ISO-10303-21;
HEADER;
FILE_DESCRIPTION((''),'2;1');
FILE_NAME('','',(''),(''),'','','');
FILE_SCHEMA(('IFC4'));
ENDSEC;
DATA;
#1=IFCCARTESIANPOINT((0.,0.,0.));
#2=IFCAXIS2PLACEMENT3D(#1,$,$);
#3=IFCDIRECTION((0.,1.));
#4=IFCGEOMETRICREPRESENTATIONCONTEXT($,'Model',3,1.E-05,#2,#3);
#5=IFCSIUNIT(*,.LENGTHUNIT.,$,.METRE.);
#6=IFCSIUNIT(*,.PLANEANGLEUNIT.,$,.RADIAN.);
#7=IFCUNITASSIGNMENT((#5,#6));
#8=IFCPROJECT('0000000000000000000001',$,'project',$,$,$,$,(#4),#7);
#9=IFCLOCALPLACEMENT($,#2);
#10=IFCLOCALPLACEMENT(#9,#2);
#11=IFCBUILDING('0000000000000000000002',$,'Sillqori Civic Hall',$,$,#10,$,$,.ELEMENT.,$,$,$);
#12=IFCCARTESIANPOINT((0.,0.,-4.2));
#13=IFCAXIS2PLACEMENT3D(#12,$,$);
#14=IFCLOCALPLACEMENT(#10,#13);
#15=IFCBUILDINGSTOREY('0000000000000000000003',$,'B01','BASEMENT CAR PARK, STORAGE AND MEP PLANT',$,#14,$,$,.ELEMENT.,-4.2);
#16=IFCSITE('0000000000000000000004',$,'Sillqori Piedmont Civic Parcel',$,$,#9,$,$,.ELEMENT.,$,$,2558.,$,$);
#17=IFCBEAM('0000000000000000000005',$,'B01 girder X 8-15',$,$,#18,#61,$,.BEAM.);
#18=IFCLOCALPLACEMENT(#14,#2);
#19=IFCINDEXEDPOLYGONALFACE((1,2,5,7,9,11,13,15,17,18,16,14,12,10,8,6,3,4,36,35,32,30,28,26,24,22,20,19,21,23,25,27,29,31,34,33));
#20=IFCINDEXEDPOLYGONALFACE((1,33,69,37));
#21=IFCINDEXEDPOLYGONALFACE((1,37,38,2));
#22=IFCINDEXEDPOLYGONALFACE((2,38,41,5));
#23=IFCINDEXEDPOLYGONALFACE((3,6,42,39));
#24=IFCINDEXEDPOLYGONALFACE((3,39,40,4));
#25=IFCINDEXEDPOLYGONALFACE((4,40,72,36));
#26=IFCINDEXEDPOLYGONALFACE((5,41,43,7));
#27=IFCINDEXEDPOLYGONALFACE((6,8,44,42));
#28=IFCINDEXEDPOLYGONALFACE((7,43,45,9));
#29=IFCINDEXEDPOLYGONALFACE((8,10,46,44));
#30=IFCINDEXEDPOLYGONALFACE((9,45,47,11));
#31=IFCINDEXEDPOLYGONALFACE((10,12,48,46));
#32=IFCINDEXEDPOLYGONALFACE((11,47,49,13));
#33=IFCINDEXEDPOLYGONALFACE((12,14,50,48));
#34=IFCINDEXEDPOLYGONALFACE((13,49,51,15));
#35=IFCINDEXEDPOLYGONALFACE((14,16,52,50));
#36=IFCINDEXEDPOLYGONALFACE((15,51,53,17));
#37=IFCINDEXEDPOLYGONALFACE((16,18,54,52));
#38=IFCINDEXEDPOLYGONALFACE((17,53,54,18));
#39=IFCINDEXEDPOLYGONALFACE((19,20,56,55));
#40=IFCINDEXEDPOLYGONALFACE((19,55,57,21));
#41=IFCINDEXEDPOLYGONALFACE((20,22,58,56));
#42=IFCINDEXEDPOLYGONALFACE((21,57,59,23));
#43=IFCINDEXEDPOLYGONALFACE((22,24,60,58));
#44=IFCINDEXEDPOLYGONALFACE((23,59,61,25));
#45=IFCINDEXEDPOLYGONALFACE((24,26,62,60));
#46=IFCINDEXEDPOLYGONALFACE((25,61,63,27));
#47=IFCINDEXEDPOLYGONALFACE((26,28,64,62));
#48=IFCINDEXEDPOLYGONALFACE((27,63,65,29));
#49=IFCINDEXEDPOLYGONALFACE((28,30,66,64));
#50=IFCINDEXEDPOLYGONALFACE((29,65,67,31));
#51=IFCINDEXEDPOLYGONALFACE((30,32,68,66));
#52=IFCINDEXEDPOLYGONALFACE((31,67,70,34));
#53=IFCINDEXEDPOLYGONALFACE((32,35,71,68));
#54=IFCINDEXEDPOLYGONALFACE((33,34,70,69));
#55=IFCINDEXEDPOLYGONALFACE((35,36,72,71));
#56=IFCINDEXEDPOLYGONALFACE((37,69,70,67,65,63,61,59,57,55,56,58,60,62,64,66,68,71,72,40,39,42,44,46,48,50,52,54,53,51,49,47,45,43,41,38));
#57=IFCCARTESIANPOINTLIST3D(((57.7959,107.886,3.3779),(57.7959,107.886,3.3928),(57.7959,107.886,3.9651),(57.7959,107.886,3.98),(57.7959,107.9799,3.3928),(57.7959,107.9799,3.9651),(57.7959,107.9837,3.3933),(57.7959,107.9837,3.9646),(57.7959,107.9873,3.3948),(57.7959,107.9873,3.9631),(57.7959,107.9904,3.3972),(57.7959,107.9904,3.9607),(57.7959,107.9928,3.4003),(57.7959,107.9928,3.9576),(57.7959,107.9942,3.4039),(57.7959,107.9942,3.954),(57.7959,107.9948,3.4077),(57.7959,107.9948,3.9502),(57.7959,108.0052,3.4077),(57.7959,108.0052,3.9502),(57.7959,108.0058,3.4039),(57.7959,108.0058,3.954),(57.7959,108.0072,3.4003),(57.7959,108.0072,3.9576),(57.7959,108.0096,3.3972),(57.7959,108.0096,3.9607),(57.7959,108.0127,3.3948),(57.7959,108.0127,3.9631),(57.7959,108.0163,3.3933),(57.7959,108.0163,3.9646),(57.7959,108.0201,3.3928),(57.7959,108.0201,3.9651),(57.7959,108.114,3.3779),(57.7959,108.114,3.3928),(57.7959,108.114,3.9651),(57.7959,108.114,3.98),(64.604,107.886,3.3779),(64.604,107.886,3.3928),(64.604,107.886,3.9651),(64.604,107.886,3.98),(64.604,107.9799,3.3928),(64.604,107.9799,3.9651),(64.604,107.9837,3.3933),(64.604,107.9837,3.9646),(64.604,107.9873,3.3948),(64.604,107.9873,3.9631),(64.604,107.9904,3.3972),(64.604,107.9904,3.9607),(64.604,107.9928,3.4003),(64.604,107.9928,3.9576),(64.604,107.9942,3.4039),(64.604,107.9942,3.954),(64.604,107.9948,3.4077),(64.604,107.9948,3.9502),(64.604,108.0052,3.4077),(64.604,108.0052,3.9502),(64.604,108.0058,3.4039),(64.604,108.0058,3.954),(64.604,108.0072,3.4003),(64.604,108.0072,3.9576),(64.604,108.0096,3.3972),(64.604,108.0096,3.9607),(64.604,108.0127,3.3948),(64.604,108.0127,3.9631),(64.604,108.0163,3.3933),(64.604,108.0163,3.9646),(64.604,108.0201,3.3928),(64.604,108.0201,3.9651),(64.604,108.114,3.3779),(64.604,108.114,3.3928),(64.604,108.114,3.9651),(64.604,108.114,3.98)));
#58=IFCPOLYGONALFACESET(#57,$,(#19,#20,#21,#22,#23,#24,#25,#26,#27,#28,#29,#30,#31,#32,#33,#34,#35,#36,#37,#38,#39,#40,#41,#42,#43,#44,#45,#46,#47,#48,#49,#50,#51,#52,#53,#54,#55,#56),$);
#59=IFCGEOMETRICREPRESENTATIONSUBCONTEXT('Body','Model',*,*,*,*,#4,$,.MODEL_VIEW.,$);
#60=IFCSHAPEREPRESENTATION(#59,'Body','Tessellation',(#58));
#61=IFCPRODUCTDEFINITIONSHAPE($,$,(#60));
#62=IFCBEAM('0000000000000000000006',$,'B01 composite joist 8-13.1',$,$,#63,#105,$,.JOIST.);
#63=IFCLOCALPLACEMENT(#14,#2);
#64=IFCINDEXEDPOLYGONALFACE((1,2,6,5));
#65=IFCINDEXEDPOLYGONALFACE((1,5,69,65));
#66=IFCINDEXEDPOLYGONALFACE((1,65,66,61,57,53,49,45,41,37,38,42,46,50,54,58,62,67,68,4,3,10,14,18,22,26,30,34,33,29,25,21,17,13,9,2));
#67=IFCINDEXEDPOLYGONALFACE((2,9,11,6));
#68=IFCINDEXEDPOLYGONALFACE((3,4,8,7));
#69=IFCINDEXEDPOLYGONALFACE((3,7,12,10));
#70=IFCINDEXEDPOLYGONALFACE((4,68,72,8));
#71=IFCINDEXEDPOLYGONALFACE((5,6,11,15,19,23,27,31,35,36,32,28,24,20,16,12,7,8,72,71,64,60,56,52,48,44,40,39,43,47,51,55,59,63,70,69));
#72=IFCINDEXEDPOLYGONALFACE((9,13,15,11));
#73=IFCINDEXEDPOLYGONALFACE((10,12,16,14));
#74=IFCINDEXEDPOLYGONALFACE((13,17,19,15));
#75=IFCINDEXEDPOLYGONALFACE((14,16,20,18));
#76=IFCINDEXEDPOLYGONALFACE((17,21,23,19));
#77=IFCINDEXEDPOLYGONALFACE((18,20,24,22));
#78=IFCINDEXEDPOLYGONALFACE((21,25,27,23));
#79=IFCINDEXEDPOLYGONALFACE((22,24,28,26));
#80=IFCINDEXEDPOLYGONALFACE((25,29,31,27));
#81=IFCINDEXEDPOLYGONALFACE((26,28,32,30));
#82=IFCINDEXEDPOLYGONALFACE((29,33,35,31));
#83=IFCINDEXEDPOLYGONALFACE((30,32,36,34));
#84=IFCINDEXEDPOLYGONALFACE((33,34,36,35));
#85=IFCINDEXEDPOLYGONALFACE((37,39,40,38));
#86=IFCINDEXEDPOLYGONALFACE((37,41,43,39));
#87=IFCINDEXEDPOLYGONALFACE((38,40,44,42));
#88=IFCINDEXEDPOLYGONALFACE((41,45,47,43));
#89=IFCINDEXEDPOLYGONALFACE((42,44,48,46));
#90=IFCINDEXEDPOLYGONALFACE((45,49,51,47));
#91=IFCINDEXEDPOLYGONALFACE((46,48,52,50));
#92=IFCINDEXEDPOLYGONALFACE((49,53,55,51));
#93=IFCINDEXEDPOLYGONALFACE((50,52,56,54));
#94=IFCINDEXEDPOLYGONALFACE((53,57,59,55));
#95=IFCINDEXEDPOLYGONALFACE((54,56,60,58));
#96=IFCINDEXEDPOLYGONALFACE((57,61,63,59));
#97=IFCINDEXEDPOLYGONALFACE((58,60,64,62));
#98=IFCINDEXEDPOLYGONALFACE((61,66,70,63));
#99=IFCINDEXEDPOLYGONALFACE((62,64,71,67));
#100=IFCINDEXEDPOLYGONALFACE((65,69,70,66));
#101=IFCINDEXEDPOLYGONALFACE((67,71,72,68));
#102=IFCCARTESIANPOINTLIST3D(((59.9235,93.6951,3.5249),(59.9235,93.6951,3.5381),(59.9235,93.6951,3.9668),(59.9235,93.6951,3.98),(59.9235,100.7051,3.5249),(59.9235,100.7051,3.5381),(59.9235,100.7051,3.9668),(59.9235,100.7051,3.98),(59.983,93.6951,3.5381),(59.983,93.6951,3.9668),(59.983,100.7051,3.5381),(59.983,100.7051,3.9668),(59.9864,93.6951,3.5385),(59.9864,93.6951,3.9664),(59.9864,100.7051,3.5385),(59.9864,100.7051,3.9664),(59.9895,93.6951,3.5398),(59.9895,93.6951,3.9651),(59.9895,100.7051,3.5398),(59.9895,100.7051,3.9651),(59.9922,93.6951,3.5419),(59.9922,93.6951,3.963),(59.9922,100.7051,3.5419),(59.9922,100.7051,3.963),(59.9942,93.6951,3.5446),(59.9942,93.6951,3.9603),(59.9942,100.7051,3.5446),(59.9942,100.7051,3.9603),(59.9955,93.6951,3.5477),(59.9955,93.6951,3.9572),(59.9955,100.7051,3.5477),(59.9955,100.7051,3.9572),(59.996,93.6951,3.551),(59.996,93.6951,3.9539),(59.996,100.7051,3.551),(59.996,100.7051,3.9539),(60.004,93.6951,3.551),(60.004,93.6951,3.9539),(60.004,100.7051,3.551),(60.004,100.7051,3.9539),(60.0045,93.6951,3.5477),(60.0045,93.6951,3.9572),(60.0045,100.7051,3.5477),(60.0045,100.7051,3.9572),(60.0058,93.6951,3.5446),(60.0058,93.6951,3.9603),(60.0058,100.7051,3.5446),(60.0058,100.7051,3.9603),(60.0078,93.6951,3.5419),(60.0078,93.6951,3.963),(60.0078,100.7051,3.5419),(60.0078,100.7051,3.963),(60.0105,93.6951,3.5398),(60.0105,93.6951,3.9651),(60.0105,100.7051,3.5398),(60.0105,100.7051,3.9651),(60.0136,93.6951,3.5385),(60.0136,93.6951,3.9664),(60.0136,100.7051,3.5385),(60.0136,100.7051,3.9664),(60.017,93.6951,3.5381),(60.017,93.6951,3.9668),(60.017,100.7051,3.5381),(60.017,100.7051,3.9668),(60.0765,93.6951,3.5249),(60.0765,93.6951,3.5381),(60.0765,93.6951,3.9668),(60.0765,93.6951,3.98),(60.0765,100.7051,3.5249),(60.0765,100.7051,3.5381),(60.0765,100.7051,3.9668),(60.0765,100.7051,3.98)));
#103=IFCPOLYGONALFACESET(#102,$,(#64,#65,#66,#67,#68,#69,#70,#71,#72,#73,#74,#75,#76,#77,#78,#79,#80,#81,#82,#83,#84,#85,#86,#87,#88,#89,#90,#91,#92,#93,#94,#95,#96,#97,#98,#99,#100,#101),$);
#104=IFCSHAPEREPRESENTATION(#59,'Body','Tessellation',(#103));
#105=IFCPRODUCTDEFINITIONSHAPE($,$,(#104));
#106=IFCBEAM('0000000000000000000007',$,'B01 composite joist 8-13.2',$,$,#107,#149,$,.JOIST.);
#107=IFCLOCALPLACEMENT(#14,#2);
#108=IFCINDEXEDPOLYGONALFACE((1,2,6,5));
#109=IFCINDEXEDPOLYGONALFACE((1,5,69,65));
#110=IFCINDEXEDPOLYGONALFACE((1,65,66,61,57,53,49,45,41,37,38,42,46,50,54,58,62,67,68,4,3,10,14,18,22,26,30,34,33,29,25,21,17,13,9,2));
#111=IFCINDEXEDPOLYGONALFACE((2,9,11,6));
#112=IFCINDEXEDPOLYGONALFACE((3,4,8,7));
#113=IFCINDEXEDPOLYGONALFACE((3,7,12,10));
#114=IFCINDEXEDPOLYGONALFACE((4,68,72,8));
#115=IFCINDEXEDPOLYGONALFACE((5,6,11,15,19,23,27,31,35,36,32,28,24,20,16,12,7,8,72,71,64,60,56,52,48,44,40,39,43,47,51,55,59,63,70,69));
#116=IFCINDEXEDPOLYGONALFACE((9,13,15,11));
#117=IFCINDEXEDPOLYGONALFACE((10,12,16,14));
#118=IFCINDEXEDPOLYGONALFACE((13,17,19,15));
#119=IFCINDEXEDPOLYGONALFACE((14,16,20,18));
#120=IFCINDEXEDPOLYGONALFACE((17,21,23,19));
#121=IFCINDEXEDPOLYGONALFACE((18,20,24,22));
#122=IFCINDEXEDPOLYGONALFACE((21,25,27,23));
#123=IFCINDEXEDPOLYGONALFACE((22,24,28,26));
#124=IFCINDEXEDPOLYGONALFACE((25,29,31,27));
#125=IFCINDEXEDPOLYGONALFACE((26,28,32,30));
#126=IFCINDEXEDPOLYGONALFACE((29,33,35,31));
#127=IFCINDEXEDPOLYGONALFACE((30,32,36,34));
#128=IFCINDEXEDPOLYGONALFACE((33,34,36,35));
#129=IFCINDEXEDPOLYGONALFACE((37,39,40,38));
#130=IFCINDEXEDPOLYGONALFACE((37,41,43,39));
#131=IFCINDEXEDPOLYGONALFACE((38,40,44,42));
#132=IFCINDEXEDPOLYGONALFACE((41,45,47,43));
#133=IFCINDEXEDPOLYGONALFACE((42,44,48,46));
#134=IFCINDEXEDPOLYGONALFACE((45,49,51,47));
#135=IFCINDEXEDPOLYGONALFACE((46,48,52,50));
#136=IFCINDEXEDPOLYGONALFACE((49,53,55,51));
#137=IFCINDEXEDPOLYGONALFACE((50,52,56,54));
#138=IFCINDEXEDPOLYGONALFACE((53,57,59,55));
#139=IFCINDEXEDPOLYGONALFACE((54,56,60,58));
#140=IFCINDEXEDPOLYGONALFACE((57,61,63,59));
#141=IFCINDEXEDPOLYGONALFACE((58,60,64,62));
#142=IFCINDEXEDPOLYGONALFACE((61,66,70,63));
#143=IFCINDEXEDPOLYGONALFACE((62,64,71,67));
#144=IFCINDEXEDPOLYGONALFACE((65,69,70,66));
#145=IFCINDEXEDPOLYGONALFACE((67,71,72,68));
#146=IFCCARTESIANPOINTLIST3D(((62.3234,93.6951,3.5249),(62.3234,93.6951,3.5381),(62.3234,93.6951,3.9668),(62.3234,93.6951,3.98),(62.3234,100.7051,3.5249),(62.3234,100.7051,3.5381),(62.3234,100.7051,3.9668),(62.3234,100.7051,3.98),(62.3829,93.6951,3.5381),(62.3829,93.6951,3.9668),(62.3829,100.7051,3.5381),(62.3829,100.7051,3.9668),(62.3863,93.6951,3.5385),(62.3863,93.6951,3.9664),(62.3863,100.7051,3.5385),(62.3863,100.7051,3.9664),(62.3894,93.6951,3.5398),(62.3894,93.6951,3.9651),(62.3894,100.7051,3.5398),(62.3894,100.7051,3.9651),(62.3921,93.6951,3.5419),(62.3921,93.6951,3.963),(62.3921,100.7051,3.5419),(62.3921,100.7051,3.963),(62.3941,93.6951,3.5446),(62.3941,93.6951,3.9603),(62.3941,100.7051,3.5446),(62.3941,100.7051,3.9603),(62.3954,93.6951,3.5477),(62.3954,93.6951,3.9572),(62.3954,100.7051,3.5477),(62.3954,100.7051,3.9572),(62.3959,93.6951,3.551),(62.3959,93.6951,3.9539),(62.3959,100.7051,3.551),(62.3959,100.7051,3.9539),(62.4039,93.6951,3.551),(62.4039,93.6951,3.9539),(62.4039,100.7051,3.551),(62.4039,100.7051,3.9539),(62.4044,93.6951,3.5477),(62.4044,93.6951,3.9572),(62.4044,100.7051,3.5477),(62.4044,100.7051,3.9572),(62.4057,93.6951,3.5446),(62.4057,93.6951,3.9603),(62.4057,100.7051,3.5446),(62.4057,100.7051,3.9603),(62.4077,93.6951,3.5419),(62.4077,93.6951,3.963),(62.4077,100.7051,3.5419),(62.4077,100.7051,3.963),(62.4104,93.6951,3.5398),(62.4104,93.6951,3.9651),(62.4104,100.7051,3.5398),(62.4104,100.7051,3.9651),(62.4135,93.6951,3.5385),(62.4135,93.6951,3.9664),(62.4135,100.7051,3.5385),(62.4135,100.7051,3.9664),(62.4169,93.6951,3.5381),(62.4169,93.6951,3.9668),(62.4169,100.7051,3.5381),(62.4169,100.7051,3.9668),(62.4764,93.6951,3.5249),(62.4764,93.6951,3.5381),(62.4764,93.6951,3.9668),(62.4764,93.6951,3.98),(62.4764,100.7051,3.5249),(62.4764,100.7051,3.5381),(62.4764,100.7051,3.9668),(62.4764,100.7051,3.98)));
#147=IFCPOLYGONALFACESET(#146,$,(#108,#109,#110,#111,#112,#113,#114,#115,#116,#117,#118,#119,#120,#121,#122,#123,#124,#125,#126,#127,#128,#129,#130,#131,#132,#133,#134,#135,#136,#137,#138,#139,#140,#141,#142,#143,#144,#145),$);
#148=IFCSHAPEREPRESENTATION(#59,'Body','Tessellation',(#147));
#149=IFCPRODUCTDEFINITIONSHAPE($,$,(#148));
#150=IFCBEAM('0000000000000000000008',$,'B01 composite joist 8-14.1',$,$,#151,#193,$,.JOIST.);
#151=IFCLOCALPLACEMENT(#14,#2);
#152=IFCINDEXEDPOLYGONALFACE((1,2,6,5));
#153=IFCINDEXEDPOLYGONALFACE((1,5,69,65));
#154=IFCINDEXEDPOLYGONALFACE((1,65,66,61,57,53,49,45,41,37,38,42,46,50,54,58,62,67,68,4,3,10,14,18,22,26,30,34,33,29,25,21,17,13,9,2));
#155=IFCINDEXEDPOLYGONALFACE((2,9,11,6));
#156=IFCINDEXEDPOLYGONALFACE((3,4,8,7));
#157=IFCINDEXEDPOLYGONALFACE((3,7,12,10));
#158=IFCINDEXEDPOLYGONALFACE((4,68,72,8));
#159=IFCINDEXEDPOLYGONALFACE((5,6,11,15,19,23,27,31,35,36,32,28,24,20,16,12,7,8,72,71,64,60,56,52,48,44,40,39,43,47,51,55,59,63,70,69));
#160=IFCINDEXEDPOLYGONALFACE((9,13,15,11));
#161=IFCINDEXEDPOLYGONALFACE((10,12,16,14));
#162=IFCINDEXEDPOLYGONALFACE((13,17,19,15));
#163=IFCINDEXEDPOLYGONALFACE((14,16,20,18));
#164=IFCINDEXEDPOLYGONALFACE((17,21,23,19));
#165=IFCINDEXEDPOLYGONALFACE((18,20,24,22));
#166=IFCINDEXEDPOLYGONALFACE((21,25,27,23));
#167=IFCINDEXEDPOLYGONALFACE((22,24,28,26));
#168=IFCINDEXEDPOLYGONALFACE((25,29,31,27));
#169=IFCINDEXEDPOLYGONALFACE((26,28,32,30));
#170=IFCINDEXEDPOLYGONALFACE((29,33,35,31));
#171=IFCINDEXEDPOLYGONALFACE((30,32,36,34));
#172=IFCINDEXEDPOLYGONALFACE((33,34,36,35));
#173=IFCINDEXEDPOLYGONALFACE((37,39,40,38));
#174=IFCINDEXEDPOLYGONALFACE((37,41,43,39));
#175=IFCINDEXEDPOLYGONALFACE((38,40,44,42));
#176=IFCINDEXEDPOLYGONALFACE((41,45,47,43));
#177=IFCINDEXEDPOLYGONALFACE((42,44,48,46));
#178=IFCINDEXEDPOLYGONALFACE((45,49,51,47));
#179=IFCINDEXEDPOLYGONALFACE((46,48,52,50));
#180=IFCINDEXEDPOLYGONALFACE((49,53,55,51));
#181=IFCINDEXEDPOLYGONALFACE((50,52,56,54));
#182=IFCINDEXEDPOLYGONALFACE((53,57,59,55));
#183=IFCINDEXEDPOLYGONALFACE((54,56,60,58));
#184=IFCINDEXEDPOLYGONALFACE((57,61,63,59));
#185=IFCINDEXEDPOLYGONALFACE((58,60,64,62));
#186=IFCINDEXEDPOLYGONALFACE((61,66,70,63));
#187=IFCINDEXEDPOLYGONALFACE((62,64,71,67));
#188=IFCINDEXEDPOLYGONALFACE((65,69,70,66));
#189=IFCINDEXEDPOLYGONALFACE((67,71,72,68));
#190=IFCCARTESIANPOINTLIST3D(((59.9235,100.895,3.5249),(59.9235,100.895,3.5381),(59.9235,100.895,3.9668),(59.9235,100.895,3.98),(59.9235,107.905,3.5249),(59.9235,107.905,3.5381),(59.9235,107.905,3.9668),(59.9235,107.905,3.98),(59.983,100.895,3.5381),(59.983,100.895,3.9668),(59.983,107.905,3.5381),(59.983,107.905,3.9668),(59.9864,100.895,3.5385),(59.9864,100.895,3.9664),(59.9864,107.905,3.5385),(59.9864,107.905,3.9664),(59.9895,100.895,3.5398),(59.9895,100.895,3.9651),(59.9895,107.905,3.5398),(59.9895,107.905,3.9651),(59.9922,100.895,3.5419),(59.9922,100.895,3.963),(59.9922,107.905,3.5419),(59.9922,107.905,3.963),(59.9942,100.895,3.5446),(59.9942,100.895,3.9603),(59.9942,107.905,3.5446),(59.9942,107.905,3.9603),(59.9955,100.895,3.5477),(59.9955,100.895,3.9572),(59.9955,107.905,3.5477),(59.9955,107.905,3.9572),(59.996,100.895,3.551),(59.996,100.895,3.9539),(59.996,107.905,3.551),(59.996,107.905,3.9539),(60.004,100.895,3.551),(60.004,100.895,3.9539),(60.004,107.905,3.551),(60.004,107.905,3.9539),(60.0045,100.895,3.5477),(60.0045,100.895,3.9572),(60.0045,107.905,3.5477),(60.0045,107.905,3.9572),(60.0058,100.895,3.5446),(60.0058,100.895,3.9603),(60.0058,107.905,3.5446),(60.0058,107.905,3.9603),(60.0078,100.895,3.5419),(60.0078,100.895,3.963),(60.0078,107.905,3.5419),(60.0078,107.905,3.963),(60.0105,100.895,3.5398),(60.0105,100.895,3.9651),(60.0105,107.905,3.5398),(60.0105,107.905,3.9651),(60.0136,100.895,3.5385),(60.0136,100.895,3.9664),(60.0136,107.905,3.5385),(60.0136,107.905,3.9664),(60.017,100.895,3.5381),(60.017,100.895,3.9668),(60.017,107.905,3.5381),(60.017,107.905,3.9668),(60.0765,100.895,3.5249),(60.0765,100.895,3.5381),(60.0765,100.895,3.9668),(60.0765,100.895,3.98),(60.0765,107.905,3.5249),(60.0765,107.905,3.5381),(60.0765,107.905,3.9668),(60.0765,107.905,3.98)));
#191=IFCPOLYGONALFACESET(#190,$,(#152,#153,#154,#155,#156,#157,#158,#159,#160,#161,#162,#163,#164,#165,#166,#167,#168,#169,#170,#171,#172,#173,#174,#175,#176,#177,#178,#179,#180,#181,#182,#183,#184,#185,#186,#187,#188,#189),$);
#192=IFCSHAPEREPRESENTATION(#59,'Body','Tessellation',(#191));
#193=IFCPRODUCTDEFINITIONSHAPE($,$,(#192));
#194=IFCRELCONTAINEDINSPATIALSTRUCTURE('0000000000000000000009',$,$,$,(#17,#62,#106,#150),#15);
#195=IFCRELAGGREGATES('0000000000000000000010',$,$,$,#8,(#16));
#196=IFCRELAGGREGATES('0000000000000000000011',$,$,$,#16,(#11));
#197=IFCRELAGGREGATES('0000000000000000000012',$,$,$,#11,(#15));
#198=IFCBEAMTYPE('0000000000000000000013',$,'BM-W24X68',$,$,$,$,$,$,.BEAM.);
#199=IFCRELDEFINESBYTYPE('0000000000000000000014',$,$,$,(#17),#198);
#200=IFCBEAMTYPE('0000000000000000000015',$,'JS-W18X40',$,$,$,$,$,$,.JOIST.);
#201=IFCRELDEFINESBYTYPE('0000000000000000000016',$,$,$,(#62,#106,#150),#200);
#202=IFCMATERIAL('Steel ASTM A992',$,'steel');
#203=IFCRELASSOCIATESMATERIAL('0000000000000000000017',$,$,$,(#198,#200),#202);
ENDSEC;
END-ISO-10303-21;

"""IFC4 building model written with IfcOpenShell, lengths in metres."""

from ifc_helpers import new_model, si_unit, direction, frame, origin, origin_2d, place, context, subcontext, project, spatial, i_section, extrude, material, material_profile, profile_set, type_object, element, save


model = new_model("IFC4")

# Units and contexts
model_context = context("Model", 3, precision=1e-05, world=origin(), true_north=direction((0.0, 1.0)))
body_context = subcontext(model_context, "Body", "Model", "MODEL_VIEW")
ifc_project = project(units=[si_unit("LENGTHUNIT", "METRE"), si_unit("PLANEANGLEUNIT", "RADIAN")], contexts=[model_context])

# Site, building, storey
site_placement = place(None, origin())
site = spatial("IfcSite", under=ifc_project, at=site_placement, Name="Sillqori Piedmont Civic Parcel", CompositionType="ELEMENT", RefElevation=2558.0)
building_placement = place(site_placement, origin())
building = spatial("IfcBuilding", under=site, at=building_placement, Name="Sillqori Civic Hall", CompositionType="ELEMENT")
storey_placement = place(building_placement, frame((0.0, 0.0, -4.2)))
storey = spatial("IfcBuildingStorey", under=building, at=storey_placement, Name="B01", Description="BASEMENT CAR PARK, STORAGE AND MEP PLANT", CompositionType="ELEMENT", Elevation=-4.2)

# Shared definitions
ifc_material_1 = material(Name="Steel ASTM A992", Category="steel")

# Beams
ifc_material_profile_1 = material_profile(ifc_material_1, i_section(OverallWidth=0.228, OverallDepth=0.6021, WebThickness=0.0105, FlangeThickness=0.0149, FilletRadius=0.0149, at=origin_2d()), Name="W24X68")
ifc_profile_set_1 = profile_set([ifc_material_profile_1], Name="Steel ASTM A992")
beam_type_1 = type_object("IfcBeamType", Name="BM-W24X68", PredefinedType="BEAM", material=ifc_profile_set_1)
for number, where, z_axis, x_axis, name in (
    (1, (57.7959, 108.0, 3.679), (1.0, 0.0, 0.0), (0.0, 1.0, 0.0), "B01 girder X 8-15"),
):
    element("IfcBeam", number, at=place(storey_placement, frame(where, z_axis=z_axis, x_axis=x_axis)), inside=storey, type_object=beam_type_1, Name=name, PredefinedType="BEAM", context=body_context, shape_type="SweptSolid", body=[
        extrude(i_section(OverallWidth=0.228, OverallDepth=0.6021, WebThickness=0.0105, FlangeThickness=0.0149, FilletRadius=0.0149, at=origin_2d()), origin(), (0.0, 0.0, 1.0), 6.8081),
    ])
ifc_material_profile_2 = material_profile(ifc_material_1, i_section(OverallWidth=0.1531, OverallDepth=0.4551, WebThickness=0.0081, FlangeThickness=0.0132, FilletRadius=0.0129, at=origin_2d()), Name="W18X40")
ifc_profile_set_2 = profile_set([ifc_material_profile_2], Name="Steel ASTM A992")
beam_type_2 = type_object("IfcBeamType", Name="JS-W18X40", PredefinedType="JOIST", material=ifc_profile_set_2)
for number, where, z_axis, x_axis, name in (
    (2, (60.0, 93.6951, 3.7524), (0.0, 1.0, 0.0), (-1.0, 0.0, 0.0), "B01 composite joist 8-13.1"),
    (3, (62.3999, 93.6951, 3.7524), (0.0, 1.0, 0.0), (-1.0, 0.0, 0.0), "B01 composite joist 8-13.2"),
    (4, (60.0, 100.895, 3.7524), (0.0, 1.0, 0.0), (-1.0, 0.0, 0.0), "B01 composite joist 8-14.1"),
):
    element("IfcBeam", number, at=place(storey_placement, frame(where, z_axis=z_axis, x_axis=x_axis)), inside=storey, type_object=beam_type_2, Name=name, PredefinedType="JOIST", context=body_context, shape_type="SweptSolid", body=[
        extrude(i_section(OverallWidth=0.1531, OverallDepth=0.4551, WebThickness=0.0081, FlangeThickness=0.0132, FilletRadius=0.0129, at=origin_2d()), origin(), (0.0, 0.0, 1.0), 7.01),
    ])

save(model, "model.ifc")
